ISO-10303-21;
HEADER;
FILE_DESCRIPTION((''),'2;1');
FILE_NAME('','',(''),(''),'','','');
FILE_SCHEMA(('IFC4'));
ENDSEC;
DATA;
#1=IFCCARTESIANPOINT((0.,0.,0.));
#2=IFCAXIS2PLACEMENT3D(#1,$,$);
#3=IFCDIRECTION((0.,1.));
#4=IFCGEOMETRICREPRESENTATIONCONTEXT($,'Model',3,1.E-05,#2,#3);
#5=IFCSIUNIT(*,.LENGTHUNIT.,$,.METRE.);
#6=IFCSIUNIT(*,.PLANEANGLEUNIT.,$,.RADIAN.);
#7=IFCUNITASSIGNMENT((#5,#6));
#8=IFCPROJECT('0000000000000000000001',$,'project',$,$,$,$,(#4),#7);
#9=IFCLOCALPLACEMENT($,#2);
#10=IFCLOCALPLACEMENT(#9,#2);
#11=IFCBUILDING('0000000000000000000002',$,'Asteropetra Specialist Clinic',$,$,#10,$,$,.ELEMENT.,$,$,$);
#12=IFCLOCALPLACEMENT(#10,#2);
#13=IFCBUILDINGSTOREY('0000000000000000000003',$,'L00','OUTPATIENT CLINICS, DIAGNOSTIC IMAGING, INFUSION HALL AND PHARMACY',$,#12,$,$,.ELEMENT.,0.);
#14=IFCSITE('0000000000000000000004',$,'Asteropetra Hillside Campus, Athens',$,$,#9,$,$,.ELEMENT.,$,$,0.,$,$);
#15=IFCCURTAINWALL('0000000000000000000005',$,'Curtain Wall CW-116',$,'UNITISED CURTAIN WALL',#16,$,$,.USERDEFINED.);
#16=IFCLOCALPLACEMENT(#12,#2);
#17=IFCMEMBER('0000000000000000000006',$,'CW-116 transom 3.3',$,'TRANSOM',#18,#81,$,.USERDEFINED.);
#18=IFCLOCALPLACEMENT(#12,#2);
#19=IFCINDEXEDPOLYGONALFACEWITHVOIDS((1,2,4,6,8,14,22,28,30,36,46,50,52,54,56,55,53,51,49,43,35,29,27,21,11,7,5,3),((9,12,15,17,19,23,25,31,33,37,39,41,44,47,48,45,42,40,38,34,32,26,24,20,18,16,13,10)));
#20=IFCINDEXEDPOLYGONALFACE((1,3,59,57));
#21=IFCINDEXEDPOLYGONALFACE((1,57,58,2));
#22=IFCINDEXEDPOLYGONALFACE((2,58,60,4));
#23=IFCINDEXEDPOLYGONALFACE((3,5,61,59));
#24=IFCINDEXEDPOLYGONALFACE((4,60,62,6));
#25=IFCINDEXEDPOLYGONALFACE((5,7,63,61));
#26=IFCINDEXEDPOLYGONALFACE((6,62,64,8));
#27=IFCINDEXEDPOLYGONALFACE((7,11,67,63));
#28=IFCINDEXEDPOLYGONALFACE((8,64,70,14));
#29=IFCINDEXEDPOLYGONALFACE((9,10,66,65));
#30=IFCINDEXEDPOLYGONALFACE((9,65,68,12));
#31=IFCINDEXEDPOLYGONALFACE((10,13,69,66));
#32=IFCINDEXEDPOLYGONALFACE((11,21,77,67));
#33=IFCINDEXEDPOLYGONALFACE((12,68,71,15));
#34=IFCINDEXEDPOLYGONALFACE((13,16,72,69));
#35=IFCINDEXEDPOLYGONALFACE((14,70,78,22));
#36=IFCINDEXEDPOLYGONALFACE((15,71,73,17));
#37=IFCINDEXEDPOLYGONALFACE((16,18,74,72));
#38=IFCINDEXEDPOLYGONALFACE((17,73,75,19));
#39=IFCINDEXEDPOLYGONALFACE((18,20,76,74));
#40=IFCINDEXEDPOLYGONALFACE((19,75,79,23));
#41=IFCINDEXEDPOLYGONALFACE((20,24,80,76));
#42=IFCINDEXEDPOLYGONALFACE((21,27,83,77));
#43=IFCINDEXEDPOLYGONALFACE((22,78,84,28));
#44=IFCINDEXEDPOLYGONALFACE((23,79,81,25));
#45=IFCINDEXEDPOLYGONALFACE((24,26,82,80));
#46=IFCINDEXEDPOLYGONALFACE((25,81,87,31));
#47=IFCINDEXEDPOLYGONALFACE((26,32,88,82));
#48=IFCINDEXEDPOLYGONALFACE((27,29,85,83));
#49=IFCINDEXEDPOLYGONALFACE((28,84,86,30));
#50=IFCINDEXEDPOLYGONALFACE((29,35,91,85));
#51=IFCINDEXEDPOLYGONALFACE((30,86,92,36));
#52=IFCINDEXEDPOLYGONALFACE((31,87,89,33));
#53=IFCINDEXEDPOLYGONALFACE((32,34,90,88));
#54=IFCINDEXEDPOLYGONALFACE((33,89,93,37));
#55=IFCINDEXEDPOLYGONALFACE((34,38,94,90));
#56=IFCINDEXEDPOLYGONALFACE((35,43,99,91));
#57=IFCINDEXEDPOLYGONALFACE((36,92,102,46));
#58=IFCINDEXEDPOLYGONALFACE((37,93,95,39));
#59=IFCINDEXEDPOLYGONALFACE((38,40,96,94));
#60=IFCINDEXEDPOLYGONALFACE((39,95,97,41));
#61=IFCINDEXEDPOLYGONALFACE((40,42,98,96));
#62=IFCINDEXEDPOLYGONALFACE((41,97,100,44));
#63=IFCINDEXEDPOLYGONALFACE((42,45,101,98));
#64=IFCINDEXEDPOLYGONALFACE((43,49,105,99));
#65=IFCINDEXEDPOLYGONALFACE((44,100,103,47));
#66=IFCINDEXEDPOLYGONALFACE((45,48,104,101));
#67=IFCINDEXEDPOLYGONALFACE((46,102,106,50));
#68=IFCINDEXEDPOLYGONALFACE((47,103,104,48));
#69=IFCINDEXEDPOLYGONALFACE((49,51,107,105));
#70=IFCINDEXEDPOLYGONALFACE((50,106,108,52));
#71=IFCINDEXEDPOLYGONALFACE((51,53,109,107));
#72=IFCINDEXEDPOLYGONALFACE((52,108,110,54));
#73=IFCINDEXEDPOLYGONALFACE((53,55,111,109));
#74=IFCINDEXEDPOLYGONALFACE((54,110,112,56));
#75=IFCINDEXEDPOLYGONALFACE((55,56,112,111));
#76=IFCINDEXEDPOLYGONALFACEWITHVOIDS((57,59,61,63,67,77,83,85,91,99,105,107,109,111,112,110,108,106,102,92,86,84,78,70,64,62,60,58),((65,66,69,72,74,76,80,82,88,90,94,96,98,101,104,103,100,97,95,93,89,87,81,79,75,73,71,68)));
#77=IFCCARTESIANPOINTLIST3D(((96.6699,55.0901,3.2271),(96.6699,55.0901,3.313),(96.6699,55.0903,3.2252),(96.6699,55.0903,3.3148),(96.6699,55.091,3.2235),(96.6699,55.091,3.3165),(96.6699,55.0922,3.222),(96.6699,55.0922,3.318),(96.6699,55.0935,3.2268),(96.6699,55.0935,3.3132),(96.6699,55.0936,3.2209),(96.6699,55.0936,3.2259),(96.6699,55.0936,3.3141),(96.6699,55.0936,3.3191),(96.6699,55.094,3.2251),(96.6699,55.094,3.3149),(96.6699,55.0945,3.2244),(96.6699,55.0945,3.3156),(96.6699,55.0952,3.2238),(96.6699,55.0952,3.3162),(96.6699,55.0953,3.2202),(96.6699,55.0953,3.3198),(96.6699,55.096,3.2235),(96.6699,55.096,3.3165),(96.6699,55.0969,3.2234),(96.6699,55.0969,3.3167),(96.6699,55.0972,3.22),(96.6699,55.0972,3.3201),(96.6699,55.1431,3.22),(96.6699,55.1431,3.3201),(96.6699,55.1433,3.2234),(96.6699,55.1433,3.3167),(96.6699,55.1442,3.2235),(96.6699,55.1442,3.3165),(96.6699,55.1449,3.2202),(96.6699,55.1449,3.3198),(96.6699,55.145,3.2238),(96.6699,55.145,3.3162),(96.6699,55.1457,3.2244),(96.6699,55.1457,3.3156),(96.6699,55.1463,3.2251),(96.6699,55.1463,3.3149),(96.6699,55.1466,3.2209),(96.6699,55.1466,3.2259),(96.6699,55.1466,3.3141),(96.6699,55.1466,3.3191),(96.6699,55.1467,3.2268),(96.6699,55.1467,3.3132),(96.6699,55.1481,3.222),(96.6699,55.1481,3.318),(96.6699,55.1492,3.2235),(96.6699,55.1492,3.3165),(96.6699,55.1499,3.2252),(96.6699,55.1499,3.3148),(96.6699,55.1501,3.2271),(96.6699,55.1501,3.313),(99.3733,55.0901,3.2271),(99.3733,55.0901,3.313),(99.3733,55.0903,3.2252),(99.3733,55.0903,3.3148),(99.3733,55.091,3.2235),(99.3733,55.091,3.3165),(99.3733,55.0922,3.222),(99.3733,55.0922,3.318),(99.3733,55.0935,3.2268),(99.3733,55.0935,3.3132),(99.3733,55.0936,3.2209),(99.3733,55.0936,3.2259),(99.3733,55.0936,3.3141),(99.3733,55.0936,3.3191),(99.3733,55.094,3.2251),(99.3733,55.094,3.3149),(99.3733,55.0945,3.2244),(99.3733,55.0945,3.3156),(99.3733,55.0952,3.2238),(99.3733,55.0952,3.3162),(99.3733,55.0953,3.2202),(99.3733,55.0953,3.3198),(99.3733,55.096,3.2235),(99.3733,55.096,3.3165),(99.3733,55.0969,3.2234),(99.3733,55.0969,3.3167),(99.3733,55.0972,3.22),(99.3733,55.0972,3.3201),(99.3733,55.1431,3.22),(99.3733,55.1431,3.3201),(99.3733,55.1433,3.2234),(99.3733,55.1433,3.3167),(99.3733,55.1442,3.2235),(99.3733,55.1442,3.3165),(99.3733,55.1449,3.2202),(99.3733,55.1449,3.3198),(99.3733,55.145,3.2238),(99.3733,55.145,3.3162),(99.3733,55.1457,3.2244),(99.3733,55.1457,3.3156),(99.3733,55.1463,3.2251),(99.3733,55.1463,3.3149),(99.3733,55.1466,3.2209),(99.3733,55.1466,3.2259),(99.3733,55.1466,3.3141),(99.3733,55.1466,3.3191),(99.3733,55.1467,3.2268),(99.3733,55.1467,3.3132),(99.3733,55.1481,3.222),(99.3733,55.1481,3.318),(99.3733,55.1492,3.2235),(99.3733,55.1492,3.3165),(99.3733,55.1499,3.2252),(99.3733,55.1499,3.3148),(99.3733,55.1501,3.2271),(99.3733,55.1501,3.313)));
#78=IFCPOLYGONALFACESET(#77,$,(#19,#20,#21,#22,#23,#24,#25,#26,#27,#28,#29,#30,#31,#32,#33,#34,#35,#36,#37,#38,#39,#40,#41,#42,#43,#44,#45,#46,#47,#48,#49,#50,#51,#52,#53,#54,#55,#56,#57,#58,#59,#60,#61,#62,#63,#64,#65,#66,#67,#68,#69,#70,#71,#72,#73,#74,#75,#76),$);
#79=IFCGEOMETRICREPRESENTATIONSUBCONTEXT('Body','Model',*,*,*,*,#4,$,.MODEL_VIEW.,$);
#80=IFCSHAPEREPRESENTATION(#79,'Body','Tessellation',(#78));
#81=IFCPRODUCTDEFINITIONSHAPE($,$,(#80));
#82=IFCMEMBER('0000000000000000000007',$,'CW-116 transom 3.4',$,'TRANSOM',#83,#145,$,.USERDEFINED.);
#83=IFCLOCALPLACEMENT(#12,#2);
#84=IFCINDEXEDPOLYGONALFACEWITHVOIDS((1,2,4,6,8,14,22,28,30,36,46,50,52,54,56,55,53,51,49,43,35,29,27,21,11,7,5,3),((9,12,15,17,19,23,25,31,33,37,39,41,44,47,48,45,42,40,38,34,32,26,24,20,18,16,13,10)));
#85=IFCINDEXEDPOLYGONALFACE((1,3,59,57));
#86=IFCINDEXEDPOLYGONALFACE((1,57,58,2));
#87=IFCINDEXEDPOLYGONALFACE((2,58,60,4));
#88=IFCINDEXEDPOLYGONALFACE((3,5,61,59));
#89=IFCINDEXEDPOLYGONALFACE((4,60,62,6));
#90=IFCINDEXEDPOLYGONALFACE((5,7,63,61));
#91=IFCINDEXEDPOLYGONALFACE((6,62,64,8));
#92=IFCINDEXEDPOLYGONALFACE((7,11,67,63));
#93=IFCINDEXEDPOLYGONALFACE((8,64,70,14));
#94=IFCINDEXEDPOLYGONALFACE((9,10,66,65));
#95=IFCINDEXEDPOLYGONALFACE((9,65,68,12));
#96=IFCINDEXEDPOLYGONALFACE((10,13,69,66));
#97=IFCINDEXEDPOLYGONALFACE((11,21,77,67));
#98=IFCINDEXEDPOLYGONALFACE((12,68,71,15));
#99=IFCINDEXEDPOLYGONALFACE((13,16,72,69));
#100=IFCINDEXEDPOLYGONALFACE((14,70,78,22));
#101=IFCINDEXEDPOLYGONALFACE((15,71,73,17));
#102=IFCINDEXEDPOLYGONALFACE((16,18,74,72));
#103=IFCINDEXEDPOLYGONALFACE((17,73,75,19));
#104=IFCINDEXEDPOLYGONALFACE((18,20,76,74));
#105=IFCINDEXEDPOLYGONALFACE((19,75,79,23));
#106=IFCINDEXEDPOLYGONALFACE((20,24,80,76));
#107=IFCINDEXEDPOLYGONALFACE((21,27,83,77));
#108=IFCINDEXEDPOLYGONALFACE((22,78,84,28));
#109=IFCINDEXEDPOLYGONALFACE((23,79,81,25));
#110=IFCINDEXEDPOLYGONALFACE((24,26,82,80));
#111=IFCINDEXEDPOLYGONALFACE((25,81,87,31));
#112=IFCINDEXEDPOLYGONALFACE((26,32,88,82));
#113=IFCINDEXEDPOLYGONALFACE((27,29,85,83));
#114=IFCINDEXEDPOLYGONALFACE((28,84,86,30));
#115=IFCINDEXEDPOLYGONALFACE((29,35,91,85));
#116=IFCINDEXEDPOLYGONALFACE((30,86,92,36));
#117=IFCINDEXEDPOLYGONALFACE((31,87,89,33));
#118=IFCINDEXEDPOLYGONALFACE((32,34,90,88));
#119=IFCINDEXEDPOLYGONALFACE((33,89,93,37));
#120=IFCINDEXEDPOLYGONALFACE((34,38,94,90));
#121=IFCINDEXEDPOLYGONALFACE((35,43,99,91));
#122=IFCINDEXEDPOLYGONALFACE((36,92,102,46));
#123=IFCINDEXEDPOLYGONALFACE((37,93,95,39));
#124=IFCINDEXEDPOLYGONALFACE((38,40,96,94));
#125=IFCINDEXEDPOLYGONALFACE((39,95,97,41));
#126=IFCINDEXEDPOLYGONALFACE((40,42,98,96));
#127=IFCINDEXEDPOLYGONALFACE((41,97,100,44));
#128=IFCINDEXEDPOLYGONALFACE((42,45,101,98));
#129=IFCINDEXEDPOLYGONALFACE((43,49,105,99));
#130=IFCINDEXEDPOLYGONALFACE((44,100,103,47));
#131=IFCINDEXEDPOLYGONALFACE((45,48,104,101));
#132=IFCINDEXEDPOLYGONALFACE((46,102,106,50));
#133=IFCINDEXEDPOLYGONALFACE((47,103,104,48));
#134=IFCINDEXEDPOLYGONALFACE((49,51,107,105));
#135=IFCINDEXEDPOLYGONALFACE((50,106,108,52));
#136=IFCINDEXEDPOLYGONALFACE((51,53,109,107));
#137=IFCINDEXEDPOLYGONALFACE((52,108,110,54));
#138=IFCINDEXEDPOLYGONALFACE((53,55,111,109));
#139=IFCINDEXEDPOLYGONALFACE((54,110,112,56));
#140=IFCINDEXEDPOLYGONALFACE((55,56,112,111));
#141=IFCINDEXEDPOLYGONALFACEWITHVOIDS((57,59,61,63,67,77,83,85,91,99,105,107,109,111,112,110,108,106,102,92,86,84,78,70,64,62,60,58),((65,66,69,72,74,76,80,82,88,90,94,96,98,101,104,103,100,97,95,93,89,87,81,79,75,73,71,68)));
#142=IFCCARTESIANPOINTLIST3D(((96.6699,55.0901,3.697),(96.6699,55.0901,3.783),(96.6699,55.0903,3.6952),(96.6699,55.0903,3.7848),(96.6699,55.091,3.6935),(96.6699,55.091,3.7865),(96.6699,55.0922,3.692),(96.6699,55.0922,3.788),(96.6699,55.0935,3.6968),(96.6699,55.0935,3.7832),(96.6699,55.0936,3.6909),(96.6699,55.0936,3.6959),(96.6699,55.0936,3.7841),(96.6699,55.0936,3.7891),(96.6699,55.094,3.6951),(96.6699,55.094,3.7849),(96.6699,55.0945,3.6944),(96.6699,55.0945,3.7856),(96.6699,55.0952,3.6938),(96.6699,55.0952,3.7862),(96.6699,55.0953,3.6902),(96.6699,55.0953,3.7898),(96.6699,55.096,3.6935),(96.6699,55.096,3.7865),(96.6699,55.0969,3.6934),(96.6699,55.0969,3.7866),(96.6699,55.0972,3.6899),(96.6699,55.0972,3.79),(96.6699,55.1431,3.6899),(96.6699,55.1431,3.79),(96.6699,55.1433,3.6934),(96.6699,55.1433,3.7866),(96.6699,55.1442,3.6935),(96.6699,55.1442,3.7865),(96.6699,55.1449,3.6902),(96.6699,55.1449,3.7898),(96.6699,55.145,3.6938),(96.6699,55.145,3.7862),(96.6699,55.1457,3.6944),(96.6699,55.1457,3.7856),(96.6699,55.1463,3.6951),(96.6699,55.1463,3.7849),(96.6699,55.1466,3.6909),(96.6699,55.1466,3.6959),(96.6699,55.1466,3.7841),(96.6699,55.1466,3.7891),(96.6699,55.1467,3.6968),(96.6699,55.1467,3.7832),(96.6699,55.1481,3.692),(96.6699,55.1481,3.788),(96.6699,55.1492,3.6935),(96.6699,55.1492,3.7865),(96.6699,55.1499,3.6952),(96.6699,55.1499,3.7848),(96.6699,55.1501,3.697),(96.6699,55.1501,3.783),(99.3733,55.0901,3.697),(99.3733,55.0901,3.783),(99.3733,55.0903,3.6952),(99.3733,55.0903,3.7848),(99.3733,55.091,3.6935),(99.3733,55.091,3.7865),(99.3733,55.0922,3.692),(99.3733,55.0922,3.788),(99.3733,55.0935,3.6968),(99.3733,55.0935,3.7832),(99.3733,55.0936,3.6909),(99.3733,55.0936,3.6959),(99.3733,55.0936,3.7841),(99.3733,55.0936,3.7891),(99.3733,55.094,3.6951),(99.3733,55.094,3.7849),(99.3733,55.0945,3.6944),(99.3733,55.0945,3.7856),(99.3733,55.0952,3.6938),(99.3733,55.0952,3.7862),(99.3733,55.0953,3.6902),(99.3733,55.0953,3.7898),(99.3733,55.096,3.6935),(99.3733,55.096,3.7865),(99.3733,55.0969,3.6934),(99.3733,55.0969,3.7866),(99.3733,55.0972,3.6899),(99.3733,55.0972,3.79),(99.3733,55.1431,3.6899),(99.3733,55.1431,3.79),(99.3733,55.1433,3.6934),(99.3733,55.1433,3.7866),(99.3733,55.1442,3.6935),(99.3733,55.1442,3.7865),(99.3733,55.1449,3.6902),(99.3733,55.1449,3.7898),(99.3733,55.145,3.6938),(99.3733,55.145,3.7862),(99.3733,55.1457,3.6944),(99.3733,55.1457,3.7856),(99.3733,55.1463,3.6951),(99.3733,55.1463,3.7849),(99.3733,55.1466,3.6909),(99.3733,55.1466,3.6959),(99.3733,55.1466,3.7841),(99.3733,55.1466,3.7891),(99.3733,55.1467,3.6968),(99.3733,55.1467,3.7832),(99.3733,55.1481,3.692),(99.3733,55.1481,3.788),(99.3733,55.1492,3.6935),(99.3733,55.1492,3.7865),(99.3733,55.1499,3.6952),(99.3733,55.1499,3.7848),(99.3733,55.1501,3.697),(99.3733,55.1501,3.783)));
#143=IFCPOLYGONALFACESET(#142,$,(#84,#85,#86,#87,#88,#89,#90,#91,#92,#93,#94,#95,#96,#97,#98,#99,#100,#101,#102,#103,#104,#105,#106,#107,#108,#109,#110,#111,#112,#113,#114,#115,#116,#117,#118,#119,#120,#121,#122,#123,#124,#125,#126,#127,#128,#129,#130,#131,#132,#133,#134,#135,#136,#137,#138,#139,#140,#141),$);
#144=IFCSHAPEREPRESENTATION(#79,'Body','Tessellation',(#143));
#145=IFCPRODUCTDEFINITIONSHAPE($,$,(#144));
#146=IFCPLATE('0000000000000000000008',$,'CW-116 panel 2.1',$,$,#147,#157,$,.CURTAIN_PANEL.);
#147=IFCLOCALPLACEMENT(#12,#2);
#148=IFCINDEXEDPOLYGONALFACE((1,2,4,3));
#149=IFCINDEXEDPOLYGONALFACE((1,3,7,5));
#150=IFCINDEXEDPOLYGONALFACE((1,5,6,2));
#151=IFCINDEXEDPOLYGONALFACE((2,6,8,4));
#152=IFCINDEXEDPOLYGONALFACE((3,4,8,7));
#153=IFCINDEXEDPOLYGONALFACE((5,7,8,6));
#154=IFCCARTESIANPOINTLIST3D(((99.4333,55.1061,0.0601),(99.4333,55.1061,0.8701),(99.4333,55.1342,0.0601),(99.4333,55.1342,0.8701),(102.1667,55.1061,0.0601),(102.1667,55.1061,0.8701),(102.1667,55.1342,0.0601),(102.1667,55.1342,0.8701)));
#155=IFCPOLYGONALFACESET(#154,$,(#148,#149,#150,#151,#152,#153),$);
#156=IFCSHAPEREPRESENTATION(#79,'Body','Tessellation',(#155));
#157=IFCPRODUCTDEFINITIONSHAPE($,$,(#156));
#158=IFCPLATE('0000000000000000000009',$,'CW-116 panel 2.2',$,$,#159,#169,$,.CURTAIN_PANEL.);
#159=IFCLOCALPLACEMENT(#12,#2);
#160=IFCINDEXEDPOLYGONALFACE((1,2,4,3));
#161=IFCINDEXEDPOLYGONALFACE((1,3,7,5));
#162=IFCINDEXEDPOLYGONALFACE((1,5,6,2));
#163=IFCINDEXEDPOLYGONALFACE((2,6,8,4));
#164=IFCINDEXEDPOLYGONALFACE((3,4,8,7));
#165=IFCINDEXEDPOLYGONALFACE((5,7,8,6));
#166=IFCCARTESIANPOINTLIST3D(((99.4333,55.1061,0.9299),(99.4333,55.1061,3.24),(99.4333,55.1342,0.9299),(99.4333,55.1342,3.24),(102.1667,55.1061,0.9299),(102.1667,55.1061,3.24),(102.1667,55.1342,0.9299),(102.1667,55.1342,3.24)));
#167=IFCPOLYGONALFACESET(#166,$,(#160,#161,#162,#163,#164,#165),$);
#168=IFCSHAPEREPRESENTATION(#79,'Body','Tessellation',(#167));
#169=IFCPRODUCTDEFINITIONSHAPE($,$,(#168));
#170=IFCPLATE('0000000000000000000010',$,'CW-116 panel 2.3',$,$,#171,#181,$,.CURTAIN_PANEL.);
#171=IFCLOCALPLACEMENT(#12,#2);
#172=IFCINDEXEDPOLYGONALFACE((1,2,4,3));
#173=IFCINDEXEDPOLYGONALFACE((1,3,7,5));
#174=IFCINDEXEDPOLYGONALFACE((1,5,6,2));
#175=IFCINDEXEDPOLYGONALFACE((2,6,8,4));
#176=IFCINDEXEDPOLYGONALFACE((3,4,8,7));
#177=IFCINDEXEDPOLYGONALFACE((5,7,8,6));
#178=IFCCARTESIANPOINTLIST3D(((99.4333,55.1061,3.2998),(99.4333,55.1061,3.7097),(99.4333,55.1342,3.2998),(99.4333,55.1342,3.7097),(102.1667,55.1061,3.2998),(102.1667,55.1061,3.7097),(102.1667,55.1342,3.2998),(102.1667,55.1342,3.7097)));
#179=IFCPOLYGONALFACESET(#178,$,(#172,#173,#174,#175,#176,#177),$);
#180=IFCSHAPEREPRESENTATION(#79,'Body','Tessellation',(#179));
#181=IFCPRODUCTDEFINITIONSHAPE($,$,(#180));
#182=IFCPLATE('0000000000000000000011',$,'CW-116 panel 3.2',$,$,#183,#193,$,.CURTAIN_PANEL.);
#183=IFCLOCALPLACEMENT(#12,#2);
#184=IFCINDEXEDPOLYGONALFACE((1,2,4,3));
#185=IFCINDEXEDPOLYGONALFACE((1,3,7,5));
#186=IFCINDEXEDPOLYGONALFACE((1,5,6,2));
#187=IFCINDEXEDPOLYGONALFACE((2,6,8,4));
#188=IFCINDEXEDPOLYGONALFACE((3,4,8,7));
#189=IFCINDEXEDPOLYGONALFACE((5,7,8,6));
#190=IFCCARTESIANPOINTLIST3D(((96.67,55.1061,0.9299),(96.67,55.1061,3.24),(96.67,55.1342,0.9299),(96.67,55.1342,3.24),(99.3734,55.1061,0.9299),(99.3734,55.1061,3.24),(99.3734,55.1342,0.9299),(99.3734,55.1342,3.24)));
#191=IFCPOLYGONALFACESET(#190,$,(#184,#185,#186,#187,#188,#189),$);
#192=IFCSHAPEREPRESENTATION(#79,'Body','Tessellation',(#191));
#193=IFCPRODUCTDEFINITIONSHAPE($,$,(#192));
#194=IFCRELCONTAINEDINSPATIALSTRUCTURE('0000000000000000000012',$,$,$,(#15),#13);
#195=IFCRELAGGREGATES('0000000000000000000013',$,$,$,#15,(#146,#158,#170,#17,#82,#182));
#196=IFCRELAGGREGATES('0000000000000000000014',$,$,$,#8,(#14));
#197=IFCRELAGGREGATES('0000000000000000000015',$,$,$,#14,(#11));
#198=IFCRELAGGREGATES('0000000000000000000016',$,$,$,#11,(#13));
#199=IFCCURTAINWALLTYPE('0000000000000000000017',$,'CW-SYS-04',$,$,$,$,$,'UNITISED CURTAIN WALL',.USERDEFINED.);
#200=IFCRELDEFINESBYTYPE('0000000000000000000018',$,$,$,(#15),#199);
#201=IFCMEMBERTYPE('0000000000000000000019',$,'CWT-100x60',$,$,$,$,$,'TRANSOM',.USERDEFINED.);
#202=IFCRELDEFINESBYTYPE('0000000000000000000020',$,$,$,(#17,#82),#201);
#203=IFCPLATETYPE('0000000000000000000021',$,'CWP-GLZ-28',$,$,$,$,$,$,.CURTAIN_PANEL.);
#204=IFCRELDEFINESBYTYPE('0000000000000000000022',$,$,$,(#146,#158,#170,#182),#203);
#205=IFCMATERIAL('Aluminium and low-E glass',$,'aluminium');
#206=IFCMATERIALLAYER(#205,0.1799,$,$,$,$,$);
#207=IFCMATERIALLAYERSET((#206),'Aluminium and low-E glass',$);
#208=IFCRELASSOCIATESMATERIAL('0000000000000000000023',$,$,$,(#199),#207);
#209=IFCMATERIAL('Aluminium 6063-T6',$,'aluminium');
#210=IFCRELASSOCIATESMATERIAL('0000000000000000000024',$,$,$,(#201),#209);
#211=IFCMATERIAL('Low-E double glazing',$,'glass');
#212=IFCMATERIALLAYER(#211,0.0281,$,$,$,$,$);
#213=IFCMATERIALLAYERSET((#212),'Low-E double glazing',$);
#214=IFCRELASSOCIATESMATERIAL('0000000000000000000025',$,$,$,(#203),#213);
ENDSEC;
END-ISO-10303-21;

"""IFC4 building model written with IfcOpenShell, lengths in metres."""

from ifc_helpers import new_model, si_unit, direction, frame, origin, origin_2d, place, context, subcontext, project, spatial, rectangle, hollow_rectangle, extrude, material, layer, layer_set, material_profile, profile_set, type_object, element, aggregate, save


model = new_model("IFC4")

# Units and contexts
model_context = context("Model", 3, precision=1e-05, world=origin(), true_north=direction((0.0, 1.0)))
body_context = subcontext(model_context, "Body", "Model", "MODEL_VIEW")
ifc_project = project(units=[si_unit("LENGTHUNIT", "METRE"), si_unit("PLANEANGLEUNIT", "RADIAN")], contexts=[model_context])

# Site, building, storey
site_placement = place(None, origin())
site = spatial("IfcSite", under=ifc_project, at=site_placement, Name="Asteropetra Hillside Campus, Athens", CompositionType="ELEMENT", RefElevation=0.0)
building_placement = place(site_placement, origin())
building = spatial("IfcBuilding", under=site, at=building_placement, Name="Asteropetra Specialist Clinic", CompositionType="ELEMENT")
storey_placement = place(building_placement, origin())
storey = spatial("IfcBuildingStorey", under=building, at=storey_placement, Name="L00", Description="OUTPATIENT CLINICS, DIAGNOSTIC IMAGING, INFUSION HALL AND PHARMACY", CompositionType="ELEMENT", Elevation=0.0)

# Curtain wall
ifc_material_1 = material(Name="Aluminium and low-E glass", Category="aluminium")
ifc_layer_1 = layer(ifc_material_1, 0.1799)
ifc_layer_set_1 = layer_set([ifc_layer_1], Name="Aluminium and low-E glass")
curtain_wall_type_1 = type_object("IfcCurtainWallType", Name="CW-SYS-04", ElementType="UNITISED CURTAIN WALL", PredefinedType="USERDEFINED", material=ifc_layer_set_1)
curtain_wall_1_placement = place(storey_placement, origin())
curtain_wall_1 = element("IfcCurtainWall", 1, at=curtain_wall_1_placement, inside=storey, type_object=curtain_wall_type_1, Name="Curtain Wall CW-116", ObjectType="UNITISED CURTAIN WALL", PredefinedType="USERDEFINED")

# Members
ifc_material_2 = material(Name="Aluminium 6063-T6", Category="aluminium")
ifc_material_profile_1 = material_profile(ifc_material_2, hollow_rectangle(XDim=0.0601, YDim=0.1001, WallThickness=0.0034, InnerFilletRadius=0.0034, OuterFilletRadius=0.0071, at=origin_2d()), Name="TRN 100x60x3.5")
ifc_profile_set_1 = profile_set([ifc_material_profile_1], Name="Aluminium 6063-T6")
member_type_1 = type_object("IfcMemberType", Name="CWT-100x60", ElementType="TRANSOM", PredefinedType="USERDEFINED", material=ifc_profile_set_1)
member_1_placement = place(storey_placement, frame((99.3733, 55.1201, 3.27), z_axis=(-1.0, 0.0, 0.0), x_axis=(0.0, -1.0, 0.0)))
member_1 = element("IfcMember", 2, at=member_1_placement, type_object=member_type_1, Name="CW-116 transom 3.3", ObjectType="TRANSOM", PredefinedType="USERDEFINED", context=body_context, shape_type="SweptSolid", body=[
    extrude(hollow_rectangle(XDim=0.0601, YDim=0.1001, WallThickness=0.0034, InnerFilletRadius=0.0034, OuterFilletRadius=0.0071, at=origin_2d()), origin(), (0.0, 0.0, 1.0), 2.7034),
])
member_2_placement = place(storey_placement, frame((99.3733, 55.1201, 3.74), z_axis=(-1.0, 0.0, 0.0), x_axis=(0.0, -1.0, 0.0)))
member_2 = element("IfcMember", 3, at=member_2_placement, type_object=member_type_1, Name="CW-116 transom 3.4", ObjectType="TRANSOM", PredefinedType="USERDEFINED", context=body_context, shape_type="SweptSolid", body=[
    extrude(hollow_rectangle(XDim=0.0601, YDim=0.1001, WallThickness=0.0034, InnerFilletRadius=0.0034, OuterFilletRadius=0.0071, at=origin_2d()), origin(), (0.0, 0.0, 1.0), 2.7034),
])

# Plates
ifc_material_3 = material(Name="Low-E double glazing", Category="glass")
ifc_layer_2 = layer(ifc_material_3, 0.0281)
ifc_layer_set_2 = layer_set([ifc_layer_2], Name="Low-E double glazing")
plate_type = type_object("IfcPlateType", Name="CWP-GLZ-28", PredefinedType="CURTAIN_PANEL", material=ifc_layer_set_2)
plate_1_placement = place(storey_placement, frame((100.8, 55.1201, 0.0601), z_axis=(0.0, 0.0, 1.0), x_axis=(-1.0, 0.0, 0.0)))
plate_1 = element("IfcPlate", 4, at=plate_1_placement, type_object=plate_type, Name="CW-116 panel 2.1", PredefinedType="CURTAIN_PANEL", context=body_context, shape_type="SweptSolid", body=[
    extrude(rectangle(XDim=2.7334, YDim=0.0281, at=origin_2d()), origin(), (0.0, 0.0, 1.0), 0.8101),
])
plate_2_placement = place(storey_placement, frame((100.8, 55.1201, 0.9299), z_axis=(0.0, 0.0, 1.0), x_axis=(-1.0, 0.0, 0.0)))
plate_2 = element("IfcPlate", 5, at=plate_2_placement, type_object=plate_type, Name="CW-116 panel 2.2", PredefinedType="CURTAIN_PANEL", context=body_context, shape_type="SweptSolid", body=[
    extrude(rectangle(XDim=2.7334, YDim=0.0281, at=origin_2d()), origin(), (0.0, 0.0, 1.0), 2.3101),
])
plate_3_placement = place(storey_placement, frame((100.8, 55.1201, 3.2998), z_axis=(0.0, 0.0, 1.0), x_axis=(-1.0, 0.0, 0.0)))
plate_3 = element("IfcPlate", 6, at=plate_3_placement, type_object=plate_type, Name="CW-116 panel 2.3", PredefinedType="CURTAIN_PANEL", context=body_context, shape_type="SweptSolid", body=[
    extrude(rectangle(XDim=2.7334, YDim=0.0281, at=origin_2d()), origin(), (0.0, 0.0, 1.0), 0.4099),
])
plate_4_placement = place(storey_placement, frame((98.0217, 55.1201, 0.9299), z_axis=(0.0, 0.0, 1.0), x_axis=(-1.0, 0.0, 0.0)))
plate_4 = element("IfcPlate", 7, at=plate_4_placement, type_object=plate_type, Name="CW-116 panel 3.2", PredefinedType="CURTAIN_PANEL", context=body_context, shape_type="SweptSolid", body=[
    extrude(rectangle(XDim=2.7034, YDim=0.0281, at=origin_2d()), origin(), (0.0, 0.0, 1.0), 2.3101),
])
aggregate(curtain_wall_1, [plate_1, plate_2, plate_3, member_1, member_2, plate_4])

save(model, "model.ifc")
